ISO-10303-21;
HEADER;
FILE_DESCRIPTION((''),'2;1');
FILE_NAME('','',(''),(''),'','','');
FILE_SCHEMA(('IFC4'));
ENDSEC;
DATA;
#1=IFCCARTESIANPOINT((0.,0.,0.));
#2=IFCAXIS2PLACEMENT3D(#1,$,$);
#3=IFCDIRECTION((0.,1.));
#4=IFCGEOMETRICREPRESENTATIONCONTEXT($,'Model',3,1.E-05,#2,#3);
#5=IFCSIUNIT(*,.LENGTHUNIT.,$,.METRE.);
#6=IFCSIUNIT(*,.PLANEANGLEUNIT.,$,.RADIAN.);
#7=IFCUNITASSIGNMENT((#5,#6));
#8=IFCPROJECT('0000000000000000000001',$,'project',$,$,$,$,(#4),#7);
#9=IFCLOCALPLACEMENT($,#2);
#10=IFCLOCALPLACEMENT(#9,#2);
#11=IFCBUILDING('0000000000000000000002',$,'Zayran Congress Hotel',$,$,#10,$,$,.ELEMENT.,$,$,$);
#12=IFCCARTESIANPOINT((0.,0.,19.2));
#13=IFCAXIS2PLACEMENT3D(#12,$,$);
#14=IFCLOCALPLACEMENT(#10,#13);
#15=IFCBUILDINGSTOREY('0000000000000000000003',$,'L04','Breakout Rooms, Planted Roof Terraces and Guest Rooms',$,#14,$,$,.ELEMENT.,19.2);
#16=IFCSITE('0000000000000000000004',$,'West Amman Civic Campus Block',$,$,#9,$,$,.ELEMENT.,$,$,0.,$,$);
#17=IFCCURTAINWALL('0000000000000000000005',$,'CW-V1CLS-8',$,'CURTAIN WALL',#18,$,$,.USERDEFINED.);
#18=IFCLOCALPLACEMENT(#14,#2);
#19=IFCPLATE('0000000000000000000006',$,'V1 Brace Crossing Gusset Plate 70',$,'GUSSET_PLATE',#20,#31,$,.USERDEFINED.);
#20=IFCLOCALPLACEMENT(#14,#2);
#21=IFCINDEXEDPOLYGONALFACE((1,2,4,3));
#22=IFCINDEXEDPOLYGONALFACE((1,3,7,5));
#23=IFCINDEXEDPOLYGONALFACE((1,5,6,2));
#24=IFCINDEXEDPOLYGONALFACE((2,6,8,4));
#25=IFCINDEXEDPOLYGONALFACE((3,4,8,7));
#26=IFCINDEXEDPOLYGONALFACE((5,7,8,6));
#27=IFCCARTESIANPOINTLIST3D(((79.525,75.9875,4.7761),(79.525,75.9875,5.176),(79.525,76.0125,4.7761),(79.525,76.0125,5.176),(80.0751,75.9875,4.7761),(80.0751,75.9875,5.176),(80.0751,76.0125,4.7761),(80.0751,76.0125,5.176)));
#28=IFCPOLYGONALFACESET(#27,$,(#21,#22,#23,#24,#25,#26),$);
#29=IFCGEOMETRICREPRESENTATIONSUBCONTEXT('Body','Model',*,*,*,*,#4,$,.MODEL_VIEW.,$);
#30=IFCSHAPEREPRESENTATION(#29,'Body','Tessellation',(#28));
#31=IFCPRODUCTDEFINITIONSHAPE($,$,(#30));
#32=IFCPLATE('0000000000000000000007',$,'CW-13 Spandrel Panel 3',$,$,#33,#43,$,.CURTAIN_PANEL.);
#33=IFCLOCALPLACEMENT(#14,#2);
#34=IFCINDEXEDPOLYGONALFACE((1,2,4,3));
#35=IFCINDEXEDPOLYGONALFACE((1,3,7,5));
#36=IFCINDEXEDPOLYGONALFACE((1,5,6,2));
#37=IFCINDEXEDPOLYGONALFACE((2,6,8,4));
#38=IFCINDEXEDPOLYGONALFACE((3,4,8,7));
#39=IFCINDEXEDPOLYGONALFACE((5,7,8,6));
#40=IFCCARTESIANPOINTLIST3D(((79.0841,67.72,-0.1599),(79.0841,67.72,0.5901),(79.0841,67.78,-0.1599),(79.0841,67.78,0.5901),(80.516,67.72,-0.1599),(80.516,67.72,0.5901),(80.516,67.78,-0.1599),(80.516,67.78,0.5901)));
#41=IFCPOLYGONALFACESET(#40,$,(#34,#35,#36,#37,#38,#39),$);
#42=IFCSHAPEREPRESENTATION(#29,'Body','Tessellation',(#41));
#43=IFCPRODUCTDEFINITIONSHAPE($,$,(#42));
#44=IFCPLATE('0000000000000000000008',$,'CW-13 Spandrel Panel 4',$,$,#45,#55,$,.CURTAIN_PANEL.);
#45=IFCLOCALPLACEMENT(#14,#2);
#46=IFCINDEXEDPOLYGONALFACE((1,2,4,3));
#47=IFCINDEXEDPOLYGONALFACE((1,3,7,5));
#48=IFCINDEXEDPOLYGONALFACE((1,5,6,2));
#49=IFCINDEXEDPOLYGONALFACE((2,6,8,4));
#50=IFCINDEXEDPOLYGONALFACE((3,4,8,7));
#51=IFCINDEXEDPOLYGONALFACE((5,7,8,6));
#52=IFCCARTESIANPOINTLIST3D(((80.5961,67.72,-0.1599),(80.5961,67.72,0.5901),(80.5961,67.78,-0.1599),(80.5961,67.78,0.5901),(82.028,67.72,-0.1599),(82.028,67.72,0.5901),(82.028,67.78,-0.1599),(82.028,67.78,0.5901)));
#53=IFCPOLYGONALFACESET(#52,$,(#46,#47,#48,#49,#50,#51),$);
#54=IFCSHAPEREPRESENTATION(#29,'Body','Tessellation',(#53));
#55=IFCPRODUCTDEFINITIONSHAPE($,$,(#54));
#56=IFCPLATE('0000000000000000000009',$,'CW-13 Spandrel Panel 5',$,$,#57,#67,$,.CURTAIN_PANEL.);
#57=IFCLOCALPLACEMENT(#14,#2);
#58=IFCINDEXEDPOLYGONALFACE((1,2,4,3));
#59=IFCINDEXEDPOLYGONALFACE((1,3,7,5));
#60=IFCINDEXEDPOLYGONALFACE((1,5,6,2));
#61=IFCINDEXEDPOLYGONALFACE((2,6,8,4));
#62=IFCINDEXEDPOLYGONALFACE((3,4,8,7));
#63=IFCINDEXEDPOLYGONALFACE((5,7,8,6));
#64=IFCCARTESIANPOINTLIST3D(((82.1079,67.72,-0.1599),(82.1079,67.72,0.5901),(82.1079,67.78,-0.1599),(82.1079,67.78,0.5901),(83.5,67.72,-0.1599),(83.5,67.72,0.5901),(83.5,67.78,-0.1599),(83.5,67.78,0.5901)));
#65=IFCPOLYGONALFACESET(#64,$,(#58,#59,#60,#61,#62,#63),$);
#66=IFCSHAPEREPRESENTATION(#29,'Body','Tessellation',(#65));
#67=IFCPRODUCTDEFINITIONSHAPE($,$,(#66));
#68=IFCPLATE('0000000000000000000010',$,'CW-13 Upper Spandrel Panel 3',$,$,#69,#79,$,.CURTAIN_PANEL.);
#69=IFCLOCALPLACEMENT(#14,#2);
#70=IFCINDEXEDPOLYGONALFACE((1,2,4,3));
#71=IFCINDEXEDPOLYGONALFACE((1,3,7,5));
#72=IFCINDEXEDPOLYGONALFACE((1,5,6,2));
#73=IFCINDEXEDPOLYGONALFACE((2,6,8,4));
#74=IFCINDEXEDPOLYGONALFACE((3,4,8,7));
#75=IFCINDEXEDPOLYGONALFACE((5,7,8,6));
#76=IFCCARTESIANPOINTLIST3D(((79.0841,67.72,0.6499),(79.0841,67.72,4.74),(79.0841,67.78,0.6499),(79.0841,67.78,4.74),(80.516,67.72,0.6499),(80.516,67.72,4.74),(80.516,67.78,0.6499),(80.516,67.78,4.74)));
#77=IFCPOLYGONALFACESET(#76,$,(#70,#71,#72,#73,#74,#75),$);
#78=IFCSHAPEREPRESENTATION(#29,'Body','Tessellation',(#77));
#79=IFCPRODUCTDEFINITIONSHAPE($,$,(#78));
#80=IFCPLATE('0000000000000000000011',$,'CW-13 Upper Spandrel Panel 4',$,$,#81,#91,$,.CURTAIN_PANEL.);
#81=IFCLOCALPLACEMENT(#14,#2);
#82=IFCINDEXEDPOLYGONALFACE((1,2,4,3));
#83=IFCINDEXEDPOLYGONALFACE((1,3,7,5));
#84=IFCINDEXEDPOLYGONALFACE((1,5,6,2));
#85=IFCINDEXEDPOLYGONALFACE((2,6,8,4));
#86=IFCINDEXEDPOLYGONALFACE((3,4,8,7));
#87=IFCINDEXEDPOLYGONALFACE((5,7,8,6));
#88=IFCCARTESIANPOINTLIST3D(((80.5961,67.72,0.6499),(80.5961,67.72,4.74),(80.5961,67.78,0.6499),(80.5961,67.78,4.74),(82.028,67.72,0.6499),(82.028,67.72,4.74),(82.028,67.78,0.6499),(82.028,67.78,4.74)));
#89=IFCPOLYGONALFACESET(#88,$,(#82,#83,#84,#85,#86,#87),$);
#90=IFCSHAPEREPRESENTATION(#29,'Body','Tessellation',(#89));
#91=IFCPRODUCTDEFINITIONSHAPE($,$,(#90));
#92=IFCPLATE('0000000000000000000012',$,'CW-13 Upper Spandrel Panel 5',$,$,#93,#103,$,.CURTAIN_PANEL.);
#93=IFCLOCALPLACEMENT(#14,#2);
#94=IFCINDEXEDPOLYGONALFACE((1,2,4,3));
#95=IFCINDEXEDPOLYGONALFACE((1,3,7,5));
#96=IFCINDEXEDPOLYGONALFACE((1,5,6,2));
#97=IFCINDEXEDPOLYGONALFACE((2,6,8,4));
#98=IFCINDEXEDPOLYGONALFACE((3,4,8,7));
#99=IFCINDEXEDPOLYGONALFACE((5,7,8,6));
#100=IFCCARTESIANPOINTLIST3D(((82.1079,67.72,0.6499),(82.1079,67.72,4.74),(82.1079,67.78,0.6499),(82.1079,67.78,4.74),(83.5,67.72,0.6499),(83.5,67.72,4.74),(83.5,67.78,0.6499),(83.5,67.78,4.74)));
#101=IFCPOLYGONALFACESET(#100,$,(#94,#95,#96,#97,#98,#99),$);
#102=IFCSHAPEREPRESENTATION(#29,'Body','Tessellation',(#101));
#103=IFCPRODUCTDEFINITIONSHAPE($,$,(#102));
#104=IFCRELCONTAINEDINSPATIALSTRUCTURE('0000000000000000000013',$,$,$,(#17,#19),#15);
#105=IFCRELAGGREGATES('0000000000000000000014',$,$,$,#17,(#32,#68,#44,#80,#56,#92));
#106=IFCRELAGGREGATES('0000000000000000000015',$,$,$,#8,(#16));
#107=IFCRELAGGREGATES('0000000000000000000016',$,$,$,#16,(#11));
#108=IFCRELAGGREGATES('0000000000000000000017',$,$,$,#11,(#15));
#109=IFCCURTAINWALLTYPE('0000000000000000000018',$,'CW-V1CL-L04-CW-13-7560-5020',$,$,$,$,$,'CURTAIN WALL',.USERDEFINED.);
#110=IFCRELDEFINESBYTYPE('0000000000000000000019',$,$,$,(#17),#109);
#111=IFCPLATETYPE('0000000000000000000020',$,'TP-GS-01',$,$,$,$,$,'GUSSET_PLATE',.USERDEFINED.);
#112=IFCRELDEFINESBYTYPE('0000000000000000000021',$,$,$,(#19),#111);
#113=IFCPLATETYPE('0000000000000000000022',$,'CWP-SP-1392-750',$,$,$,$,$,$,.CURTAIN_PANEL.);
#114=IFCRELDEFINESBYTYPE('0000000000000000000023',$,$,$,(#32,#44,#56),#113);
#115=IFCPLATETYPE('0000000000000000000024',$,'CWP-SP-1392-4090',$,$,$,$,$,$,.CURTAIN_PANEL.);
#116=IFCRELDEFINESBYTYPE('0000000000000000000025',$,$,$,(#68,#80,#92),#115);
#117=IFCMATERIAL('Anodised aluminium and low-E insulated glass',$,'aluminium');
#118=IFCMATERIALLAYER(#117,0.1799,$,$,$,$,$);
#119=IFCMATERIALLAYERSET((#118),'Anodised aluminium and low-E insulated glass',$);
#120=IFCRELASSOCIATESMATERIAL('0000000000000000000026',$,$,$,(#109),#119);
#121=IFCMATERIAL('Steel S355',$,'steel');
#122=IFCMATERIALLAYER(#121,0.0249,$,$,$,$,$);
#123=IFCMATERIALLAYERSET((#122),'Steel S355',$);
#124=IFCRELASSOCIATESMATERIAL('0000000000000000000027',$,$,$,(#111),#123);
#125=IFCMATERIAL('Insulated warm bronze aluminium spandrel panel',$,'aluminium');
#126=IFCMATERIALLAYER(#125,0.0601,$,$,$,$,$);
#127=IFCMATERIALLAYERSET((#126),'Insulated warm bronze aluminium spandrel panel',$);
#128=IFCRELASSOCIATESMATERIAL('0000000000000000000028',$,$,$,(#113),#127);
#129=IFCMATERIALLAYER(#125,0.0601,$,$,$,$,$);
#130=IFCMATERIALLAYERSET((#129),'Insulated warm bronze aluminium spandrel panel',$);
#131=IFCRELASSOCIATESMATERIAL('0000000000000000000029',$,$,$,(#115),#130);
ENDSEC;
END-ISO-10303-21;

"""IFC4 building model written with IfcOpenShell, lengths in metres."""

from ifc_helpers import new_model, si_unit, direction, frame, origin, origin_2d, place, context, subcontext, project, spatial, rectangle, extrude, material, layer, layer_set, type_object, element, aggregate, save


model = new_model("IFC4")

# Units and contexts
model_context = context("Model", 3, precision=1e-05, world=origin(), true_north=direction((0.0, 1.0)))
body_context = subcontext(model_context, "Body", "Model", "MODEL_VIEW")
ifc_project = project(units=[si_unit("LENGTHUNIT", "METRE"), si_unit("PLANEANGLEUNIT", "RADIAN")], contexts=[model_context])

# Site, building, storey
site_placement = place(None, origin())
site = spatial("IfcSite", under=ifc_project, at=site_placement, Name="West Amman Civic Campus Block", CompositionType="ELEMENT", RefElevation=0.0)
building_placement = place(site_placement, origin())
building = spatial("IfcBuilding", under=site, at=building_placement, Name="Zayran Congress Hotel", CompositionType="ELEMENT")
storey_placement = place(building_placement, frame((0.0, 0.0, 19.2)))
storey = spatial("IfcBuildingStorey", under=building, at=storey_placement, Name="L04", Description="Breakout Rooms, Planted Roof Terraces and Guest Rooms", CompositionType="ELEMENT", Elevation=19.2)

# Shared definitions
ifc_material_1 = material(Name="Steel S355", Category="steel")

# Curtain wall
ifc_material_2 = material(Name="Anodised aluminium and low-E insulated glass", Category="aluminium")
ifc_layer_1 = layer(ifc_material_2, 0.1799)
ifc_layer_set_1 = layer_set([ifc_layer_1], Name="Anodised aluminium and low-E insulated glass")
curtain_wall_type = type_object("IfcCurtainWallType", Name="CW-V1CL-L04-CW-13-7560-5020", ElementType="CURTAIN WALL", PredefinedType="USERDEFINED", material=ifc_layer_set_1)
curtain_wall_placement = place(storey_placement, origin())
curtain_wall = element("IfcCurtainWall", 1, at=curtain_wall_placement, inside=storey, type_object=curtain_wall_type, Name="CW-V1CLS-8", ObjectType="CURTAIN WALL", PredefinedType="USERDEFINED")

# Plate
ifc_layer_2 = layer(ifc_material_1, 0.0249)
ifc_layer_set_2 = layer_set([ifc_layer_2], Name="Steel S355")
plate_type_1 = type_object("IfcPlateType", Name="TP-GS-01", ElementType="GUSSET_PLATE", PredefinedType="USERDEFINED", material=ifc_layer_set_2)
for number, where, z_axis, x_axis, name in (
    (2, (79.8, 76.0, 4.7761), (0.0, 0.0, 1.0), (1.0, 0.0, 0.0), "V1 Brace Crossing Gusset Plate 70"),
):
    element("IfcPlate", number, at=place(storey_placement, frame(where, z_axis=z_axis, x_axis=x_axis)), inside=storey, type_object=plate_type_1, Name=name, ObjectType="GUSSET_PLATE", PredefinedType="USERDEFINED", context=body_context, shape_type="SweptSolid", body=[
        extrude(rectangle(XDim=0.55, YDim=0.0249, at=origin_2d()), origin(), (0.0, 0.0, 1.0), 0.3999),
    ])

# Plates
ifc_material_3 = material(Name="Insulated warm bronze aluminium spandrel panel", Category="aluminium")
ifc_layer_3 = layer(ifc_material_3, 0.0601)
ifc_layer_set_3 = layer_set([ifc_layer_3], Name="Insulated warm bronze aluminium spandrel panel")
plate_type_2 = type_object("IfcPlateType", Name="CWP-SP-1392-750", PredefinedType="CURTAIN_PANEL", material=ifc_layer_set_3)
plate_1_placement = place(storey_placement, frame((79.8, 67.75, -0.1599), z_axis=(0.0, 0.0, 1.0), x_axis=(1.0, 0.0, 0.0)))
plate_1 = element("IfcPlate", 3, at=plate_1_placement, type_object=plate_type_2, Name="CW-13 Spandrel Panel 3", PredefinedType="CURTAIN_PANEL", context=body_context, shape_type="SweptSolid", body=[
    extrude(rectangle(XDim=1.4319, YDim=0.0601, at=origin_2d()), origin(), (0.0, 0.0, 1.0), 0.75),
])
plate_2_placement = place(storey_placement, frame((81.312, 67.75, -0.1599), z_axis=(0.0, 0.0, 1.0), x_axis=(1.0, 0.0, 0.0)))
plate_2 = element("IfcPlate", 4, at=plate_2_placement, type_object=plate_type_2, Name="CW-13 Spandrel Panel 4", PredefinedType="CURTAIN_PANEL", context=body_context, shape_type="SweptSolid", body=[
    extrude(rectangle(XDim=1.4319, YDim=0.0601, at=origin_2d()), origin(), (0.0, 0.0, 1.0), 0.75),
])
plate_3_placement = place(storey_placement, frame((82.804, 67.75, -0.1599), z_axis=(0.0, 0.0, 1.0), x_axis=(1.0, 0.0, 0.0)))
plate_3 = element("IfcPlate", 5, at=plate_3_placement, type_object=plate_type_2, Name="CW-13 Spandrel Panel 5", PredefinedType="CURTAIN_PANEL", context=body_context, shape_type="SweptSolid", body=[
    extrude(rectangle(XDim=1.3921, YDim=0.0601, at=origin_2d()), origin(), (0.0, 0.0, 1.0), 0.75),
])
ifc_layer_4 = layer(ifc_material_3, 0.0601)
ifc_layer_set_4 = layer_set([ifc_layer_4], Name="Insulated warm bronze aluminium spandrel panel")
plate_type_3 = type_object("IfcPlateType", Name="CWP-SP-1392-4090", PredefinedType="CURTAIN_PANEL", material=ifc_layer_set_4)
plate_4_placement = place(storey_placement, frame((79.8, 67.75, 0.6499), z_axis=(0.0, 0.0, 1.0), x_axis=(1.0, 0.0, 0.0)))
plate_4 = element("IfcPlate", 6, at=plate_4_placement, type_object=plate_type_3, Name="CW-13 Upper Spandrel Panel 3", PredefinedType="CURTAIN_PANEL", context=body_context, shape_type="SweptSolid", body=[
    extrude(rectangle(XDim=1.4319, YDim=0.0601, at=origin_2d()), origin(), (0.0, 0.0, 1.0), 4.0901),
])
plate_5_placement = place(storey_placement, frame((81.312, 67.75, 0.6499), z_axis=(0.0, 0.0, 1.0), x_axis=(1.0, 0.0, 0.0)))
plate_5 = element("IfcPlate", 7, at=plate_5_placement, type_object=plate_type_3, Name="CW-13 Upper Spandrel Panel 4", PredefinedType="CURTAIN_PANEL", context=body_context, shape_type="SweptSolid", body=[
    extrude(rectangle(XDim=1.4319, YDim=0.0601, at=origin_2d()), origin(), (0.0, 0.0, 1.0), 4.0901),
])
plate_6_placement = place(storey_placement, frame((82.804, 67.75, 0.6499), z_axis=(0.0, 0.0, 1.0), x_axis=(1.0, 0.0, 0.0)))
plate_6 = element("IfcPlate", 8, at=plate_6_placement, type_object=plate_type_3, Name="CW-13 Upper Spandrel Panel 5", PredefinedType="CURTAIN_PANEL", context=body_context, shape_type="SweptSolid", body=[
    extrude(rectangle(XDim=1.3921, YDim=0.0601, at=origin_2d()), origin(), (0.0, 0.0, 1.0), 4.0901),
])
aggregate(curtain_wall, [plate_1, plate_4, plate_2, plate_5, plate_3, plate_6])

save(model, "model.ifc")
